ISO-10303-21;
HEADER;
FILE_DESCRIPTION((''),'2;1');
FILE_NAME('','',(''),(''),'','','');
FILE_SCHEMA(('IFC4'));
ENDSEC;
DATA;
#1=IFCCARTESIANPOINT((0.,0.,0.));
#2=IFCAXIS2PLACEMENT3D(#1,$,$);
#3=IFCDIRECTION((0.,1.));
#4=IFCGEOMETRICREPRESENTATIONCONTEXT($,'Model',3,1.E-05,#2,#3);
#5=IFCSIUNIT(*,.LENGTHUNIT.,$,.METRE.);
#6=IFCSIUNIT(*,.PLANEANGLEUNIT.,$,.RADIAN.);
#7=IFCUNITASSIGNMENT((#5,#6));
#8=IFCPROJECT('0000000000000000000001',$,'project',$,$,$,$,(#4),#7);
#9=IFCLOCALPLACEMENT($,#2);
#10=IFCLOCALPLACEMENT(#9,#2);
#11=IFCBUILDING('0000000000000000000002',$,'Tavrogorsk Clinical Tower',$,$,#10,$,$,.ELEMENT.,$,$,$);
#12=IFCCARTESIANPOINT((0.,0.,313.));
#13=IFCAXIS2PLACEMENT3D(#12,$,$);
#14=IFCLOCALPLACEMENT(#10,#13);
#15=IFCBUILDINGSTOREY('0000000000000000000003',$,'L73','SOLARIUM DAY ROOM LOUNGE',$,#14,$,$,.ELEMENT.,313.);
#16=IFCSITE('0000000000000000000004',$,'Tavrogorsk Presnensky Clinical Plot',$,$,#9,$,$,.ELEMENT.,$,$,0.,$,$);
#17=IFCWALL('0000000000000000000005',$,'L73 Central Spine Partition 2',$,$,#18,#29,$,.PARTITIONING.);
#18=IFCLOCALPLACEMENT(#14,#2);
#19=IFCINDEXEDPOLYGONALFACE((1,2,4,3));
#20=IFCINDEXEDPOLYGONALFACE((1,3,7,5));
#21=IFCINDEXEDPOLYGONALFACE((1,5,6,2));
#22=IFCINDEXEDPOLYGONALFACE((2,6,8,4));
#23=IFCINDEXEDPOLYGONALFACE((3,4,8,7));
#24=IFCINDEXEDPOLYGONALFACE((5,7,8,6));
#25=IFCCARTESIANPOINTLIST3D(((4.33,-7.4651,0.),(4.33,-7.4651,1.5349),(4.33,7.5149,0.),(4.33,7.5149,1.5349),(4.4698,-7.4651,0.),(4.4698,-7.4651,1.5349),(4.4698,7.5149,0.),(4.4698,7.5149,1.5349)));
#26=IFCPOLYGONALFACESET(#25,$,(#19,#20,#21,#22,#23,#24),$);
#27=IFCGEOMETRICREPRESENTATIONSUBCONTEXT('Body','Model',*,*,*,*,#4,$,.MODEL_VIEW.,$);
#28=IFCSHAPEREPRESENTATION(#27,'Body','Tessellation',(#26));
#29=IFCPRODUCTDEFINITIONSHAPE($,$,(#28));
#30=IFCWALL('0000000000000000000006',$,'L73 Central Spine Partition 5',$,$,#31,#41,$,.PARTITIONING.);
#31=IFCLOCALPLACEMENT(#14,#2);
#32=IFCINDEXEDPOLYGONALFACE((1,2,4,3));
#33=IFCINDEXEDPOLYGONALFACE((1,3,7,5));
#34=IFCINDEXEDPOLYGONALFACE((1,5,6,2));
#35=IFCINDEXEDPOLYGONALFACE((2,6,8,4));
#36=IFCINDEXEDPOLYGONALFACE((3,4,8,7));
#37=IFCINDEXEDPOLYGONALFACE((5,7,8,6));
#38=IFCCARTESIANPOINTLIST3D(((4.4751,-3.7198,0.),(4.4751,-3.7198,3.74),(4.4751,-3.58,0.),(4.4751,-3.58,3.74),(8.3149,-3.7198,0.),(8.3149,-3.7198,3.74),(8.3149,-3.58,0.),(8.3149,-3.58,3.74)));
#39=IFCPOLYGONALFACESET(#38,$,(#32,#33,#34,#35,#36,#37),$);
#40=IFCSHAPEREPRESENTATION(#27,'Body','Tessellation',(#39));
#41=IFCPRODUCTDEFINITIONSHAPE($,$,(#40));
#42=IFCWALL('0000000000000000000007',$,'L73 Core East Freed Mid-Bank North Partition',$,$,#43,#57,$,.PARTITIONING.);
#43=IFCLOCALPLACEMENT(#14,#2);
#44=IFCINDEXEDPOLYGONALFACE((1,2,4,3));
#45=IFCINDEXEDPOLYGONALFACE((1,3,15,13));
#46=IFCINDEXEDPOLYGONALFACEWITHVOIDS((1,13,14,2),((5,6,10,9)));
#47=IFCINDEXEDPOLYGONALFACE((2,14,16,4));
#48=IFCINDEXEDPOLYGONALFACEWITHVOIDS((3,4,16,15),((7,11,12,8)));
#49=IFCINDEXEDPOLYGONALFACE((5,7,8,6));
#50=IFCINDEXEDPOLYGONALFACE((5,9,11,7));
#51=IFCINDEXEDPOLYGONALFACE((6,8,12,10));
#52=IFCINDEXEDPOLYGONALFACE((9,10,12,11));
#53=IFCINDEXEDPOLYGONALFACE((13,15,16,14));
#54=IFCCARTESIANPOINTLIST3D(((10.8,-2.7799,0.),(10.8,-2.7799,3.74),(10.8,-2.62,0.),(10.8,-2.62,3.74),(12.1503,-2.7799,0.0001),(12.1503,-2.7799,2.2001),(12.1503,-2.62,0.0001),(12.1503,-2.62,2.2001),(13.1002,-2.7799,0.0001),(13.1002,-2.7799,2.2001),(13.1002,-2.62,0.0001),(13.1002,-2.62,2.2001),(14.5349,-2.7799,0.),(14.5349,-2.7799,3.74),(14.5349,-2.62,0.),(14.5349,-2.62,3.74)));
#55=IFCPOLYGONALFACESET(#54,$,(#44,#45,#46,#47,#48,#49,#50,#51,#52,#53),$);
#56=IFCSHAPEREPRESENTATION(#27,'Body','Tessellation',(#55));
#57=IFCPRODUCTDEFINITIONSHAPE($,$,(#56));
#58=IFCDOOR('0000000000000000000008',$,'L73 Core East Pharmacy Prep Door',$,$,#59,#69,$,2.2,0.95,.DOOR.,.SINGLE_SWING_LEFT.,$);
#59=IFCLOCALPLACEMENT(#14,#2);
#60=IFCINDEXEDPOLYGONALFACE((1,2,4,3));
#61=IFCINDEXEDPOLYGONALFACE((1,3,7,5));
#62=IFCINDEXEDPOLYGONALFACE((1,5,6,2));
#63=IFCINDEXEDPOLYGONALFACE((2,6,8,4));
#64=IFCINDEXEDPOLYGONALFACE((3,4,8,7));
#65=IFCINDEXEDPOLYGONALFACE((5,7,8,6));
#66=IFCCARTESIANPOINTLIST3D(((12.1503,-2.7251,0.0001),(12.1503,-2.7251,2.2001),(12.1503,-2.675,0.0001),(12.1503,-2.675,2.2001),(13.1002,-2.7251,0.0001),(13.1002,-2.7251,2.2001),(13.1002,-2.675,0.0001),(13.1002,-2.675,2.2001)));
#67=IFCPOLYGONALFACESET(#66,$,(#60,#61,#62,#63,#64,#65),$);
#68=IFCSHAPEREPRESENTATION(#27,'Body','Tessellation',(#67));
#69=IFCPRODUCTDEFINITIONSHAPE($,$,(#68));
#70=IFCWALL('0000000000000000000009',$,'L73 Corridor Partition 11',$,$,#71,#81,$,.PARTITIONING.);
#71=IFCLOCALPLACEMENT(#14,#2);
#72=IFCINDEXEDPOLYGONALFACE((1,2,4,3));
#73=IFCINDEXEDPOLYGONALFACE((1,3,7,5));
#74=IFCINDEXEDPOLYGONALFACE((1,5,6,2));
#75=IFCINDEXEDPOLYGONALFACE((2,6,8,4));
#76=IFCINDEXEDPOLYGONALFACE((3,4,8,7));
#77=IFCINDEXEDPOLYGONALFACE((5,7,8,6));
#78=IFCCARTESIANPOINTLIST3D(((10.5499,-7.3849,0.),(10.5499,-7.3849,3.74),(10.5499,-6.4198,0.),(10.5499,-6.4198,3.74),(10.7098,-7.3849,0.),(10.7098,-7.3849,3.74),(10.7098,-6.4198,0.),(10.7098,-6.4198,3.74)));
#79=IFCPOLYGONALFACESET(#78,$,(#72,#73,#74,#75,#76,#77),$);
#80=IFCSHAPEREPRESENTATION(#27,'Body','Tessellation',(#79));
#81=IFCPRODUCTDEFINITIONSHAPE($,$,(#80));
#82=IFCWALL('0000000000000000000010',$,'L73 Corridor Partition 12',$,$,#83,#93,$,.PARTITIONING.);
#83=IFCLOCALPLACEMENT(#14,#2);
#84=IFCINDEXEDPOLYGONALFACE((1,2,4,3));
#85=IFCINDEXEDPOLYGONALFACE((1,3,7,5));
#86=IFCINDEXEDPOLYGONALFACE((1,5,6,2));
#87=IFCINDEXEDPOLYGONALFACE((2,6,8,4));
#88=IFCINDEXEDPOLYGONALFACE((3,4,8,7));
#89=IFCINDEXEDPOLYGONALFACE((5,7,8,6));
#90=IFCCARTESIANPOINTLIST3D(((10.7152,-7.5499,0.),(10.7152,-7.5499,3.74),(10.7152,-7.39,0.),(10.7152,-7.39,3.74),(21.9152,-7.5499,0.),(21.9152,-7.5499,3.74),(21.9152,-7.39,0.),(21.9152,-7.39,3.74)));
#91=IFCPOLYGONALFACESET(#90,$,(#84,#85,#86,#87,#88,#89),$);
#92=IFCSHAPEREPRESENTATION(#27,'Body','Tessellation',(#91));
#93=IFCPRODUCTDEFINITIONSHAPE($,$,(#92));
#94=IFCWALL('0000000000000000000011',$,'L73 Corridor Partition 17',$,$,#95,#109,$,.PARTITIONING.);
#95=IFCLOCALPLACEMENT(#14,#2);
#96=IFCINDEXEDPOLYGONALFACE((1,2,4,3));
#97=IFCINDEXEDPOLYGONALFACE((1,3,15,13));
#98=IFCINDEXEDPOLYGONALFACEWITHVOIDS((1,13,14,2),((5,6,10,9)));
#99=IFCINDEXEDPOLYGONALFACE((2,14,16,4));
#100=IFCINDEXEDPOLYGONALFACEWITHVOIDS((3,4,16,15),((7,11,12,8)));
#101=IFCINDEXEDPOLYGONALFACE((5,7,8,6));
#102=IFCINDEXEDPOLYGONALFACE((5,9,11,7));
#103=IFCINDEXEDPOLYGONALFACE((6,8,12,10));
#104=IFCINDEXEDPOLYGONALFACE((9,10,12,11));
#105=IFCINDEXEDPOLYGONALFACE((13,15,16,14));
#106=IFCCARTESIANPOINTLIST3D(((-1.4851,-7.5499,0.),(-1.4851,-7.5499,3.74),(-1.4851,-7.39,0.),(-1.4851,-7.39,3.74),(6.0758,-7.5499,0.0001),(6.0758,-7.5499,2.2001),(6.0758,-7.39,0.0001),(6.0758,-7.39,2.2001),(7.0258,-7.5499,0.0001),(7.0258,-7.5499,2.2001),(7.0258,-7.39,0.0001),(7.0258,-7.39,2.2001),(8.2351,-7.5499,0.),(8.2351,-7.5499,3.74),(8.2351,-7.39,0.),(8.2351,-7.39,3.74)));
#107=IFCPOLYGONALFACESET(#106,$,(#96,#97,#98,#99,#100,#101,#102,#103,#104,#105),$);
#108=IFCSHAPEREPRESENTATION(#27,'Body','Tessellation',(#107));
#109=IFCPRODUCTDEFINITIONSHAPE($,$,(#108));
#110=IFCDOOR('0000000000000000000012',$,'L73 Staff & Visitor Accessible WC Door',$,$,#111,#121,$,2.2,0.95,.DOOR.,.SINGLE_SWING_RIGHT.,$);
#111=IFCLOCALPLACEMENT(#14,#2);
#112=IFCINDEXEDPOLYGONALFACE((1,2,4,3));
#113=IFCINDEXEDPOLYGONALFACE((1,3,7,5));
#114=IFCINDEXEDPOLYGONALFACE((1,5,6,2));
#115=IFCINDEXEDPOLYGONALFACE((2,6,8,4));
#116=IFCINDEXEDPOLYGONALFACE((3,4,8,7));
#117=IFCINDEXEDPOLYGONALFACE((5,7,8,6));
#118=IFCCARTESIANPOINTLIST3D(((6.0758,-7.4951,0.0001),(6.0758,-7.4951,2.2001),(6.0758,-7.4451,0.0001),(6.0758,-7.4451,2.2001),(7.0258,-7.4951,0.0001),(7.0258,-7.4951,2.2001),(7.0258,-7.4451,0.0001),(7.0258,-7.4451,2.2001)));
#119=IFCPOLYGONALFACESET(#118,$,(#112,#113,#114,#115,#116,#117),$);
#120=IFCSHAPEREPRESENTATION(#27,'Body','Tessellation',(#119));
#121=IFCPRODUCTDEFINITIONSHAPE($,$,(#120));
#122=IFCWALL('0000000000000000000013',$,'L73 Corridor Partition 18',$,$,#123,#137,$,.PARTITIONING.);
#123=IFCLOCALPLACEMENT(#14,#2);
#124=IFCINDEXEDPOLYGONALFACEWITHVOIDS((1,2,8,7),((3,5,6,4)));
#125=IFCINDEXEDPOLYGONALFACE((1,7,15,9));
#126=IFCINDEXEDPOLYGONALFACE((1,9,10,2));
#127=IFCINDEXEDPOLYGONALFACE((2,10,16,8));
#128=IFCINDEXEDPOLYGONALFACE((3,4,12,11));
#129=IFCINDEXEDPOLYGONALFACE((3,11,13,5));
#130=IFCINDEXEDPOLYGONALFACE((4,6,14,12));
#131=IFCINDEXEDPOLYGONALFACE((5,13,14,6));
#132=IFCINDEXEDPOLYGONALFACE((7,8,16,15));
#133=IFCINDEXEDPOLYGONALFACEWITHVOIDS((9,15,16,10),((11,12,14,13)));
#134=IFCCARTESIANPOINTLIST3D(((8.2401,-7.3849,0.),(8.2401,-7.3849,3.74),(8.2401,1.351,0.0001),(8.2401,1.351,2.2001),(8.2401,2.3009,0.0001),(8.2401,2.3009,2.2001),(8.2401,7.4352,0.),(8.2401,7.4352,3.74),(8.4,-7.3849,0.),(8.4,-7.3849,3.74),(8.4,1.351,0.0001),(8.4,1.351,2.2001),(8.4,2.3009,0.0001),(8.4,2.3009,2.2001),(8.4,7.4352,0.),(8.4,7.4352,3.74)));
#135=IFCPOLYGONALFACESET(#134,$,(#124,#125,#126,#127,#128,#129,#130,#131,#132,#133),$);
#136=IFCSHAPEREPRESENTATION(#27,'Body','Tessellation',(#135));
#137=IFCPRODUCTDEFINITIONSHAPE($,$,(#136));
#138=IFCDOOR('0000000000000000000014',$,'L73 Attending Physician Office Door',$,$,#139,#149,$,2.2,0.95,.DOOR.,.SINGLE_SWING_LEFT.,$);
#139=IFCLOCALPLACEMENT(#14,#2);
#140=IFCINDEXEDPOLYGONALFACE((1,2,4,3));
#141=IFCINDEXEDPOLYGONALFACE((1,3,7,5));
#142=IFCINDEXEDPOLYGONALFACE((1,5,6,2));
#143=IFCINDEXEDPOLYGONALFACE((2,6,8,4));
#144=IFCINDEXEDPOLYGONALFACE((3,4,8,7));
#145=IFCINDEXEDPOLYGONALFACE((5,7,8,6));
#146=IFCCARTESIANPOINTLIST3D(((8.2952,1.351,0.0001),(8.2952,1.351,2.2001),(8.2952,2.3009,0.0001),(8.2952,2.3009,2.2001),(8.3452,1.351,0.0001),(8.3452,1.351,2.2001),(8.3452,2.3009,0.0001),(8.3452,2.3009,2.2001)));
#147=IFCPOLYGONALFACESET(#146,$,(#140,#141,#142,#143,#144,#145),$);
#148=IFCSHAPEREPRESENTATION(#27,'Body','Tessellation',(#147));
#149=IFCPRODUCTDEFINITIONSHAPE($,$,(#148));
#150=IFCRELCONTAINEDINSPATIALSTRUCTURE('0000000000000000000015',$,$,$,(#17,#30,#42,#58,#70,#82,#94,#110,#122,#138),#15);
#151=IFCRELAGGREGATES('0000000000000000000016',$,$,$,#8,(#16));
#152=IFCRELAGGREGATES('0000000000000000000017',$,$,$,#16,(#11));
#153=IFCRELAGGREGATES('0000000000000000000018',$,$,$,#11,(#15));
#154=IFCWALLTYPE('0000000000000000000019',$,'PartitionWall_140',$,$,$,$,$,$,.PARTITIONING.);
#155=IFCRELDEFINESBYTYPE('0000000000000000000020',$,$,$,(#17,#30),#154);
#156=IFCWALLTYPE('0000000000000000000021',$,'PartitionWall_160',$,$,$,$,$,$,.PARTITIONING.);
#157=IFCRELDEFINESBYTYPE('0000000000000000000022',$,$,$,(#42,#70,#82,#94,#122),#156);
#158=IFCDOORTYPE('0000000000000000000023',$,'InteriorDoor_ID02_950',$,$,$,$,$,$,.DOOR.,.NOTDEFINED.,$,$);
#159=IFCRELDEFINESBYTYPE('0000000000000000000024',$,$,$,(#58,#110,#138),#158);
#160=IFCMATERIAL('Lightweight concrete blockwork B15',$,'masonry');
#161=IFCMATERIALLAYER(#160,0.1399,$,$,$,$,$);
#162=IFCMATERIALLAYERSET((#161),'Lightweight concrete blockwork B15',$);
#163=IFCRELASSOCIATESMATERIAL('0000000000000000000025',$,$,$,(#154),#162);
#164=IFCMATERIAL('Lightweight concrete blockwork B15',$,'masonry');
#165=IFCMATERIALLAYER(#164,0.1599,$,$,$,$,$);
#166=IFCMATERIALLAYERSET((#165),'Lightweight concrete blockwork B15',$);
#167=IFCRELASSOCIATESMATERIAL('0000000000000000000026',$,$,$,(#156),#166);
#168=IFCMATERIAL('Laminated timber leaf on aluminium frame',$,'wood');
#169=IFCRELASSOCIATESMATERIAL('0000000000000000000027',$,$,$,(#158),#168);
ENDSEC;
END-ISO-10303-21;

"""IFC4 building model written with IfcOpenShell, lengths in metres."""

from ifc_helpers import new_model, si_unit, direction, frame, frame_2d, origin, place, context, subcontext, project, spatial, rectangle, extrude, material, layer, layer_set, type_object, element, fill, save


model = new_model("IFC4")

# Units and contexts
model_context = context("Model", 3, precision=1e-05, world=origin(), true_north=direction((0.0, 1.0)))
body_context = subcontext(model_context, "Body", "Model", "MODEL_VIEW")
ifc_project = project(units=[si_unit("LENGTHUNIT", "METRE"), si_unit("PLANEANGLEUNIT", "RADIAN")], contexts=[model_context])

# Site, building, storey
site_placement = place(None, origin())
site = spatial("IfcSite", under=ifc_project, at=site_placement, Name="Tavrogorsk Presnensky Clinical Plot", CompositionType="ELEMENT", RefElevation=0.0)
building_placement = place(site_placement, origin())
building = spatial("IfcBuilding", under=site, at=building_placement, Name="Tavrogorsk Clinical Tower", CompositionType="ELEMENT")
storey_placement = place(building_placement, frame((0.0, 0.0, 313.0)))
storey = spatial("IfcBuildingStorey", under=building, at=storey_placement, Name="L73", Description="SOLARIUM DAY ROOM LOUNGE", CompositionType="ELEMENT", Elevation=313.0)

# Walls
ifc_material_1 = material(Name="Lightweight concrete blockwork B15", Category="masonry")
ifc_layer_1 = layer(ifc_material_1, 0.1399)
ifc_layer_set_1 = layer_set([ifc_layer_1], Name="Lightweight concrete blockwork B15")
wall_type_1 = type_object("IfcWallType", Name="PartitionWall_140", PredefinedType="PARTITIONING", material=ifc_layer_set_1)
wall_1_placement = place(storey_placement, frame((4.3999, -7.4651, 0.0), z_axis=(0.0, 0.0, 1.0), x_axis=(0.0, 1.0, 0.0)))
element("IfcWall", 1, at=wall_1_placement, inside=storey, type_object=wall_type_1, Name="L73 Central Spine Partition 2", PredefinedType="PARTITIONING", context=body_context, shape_type="SweptSolid", body=[
    extrude(rectangle(XDim=14.98, YDim=0.1399, at=frame_2d((7.49, 0.0))), origin(), (0.0, 0.0, 1.0), 1.5349),
])
wall_2_placement = place(storey_placement, frame((4.4751, -3.6499, 0.0), z_axis=(0.0, 0.0, 1.0), x_axis=(1.0, 0.0, 0.0)))
element("IfcWall", 2, at=wall_2_placement, inside=storey, type_object=wall_type_1, Name="L73 Central Spine Partition 5", PredefinedType="PARTITIONING", context=body_context, shape_type="SweptSolid", body=[
    extrude(rectangle(XDim=3.8398, YDim=0.1399, at=frame_2d((1.9199, 0.0))), origin(), (0.0, 0.0, 1.0), 3.74),
])

# Wall, opening, door
ifc_material_2 = material(Name="Lightweight concrete blockwork B15", Category="masonry")
ifc_layer_2 = layer(ifc_material_2, 0.1599)
ifc_layer_set_2 = layer_set([ifc_layer_2], Name="Lightweight concrete blockwork B15")
wall_type_2 = type_object("IfcWallType", Name="PartitionWall_160", PredefinedType="PARTITIONING", material=ifc_layer_set_2)
wall_3_placement = place(storey_placement, frame((10.8, -2.7, 0.0), z_axis=(0.0, 0.0, 1.0), x_axis=(1.0, 0.0, 0.0)))
wall_3 = element("IfcWall", 3, at=wall_3_placement, inside=storey, type_object=wall_type_2, Name="L73 Core East Freed Mid-Bank North Partition", PredefinedType="PARTITIONING", context=body_context, shape_type="SweptSolid", body=[
    extrude(rectangle(XDim=3.7349, YDim=0.1599, at=frame_2d((1.8674, 0.0))), origin(), (0.0, 0.0, 1.0), 3.74),
])
opening_1_placement = place(wall_3_placement, frame((1.3501, 0.0, 0.0)))
opening_1 = element("IfcOpeningElement", 4, at=opening_1_placement, cuts=wall_3, PredefinedType="OPENING", context=body_context, shape_type="SweptSolid", body=[
    extrude(rectangle(XDim=0.95, YDim=2.2, at=frame_2d((0.4751, 1.1001))), frame((0.0, 0.0898, 0.0), z_axis=(0.0, -1.0, 0.0), x_axis=(1.0, 0.0, 0.0)), (0.0, 0.0, 1.0), 0.1799),
])
ifc_material_3 = material(Name="Laminated timber leaf on aluminium frame", Category="wood")
door_type = type_object("IfcDoorType", Name="InteriorDoor_ID02_950", OperationType="NOTDEFINED", PredefinedType="DOOR", material=ifc_material_3)
door_1_placement = place(opening_1_placement, origin())
door_1 = element("IfcDoor", 5, at=door_1_placement, inside=storey, type_object=door_type, Name="L73 Core East Pharmacy Prep Door", OperationType="SINGLE_SWING_LEFT", OverallHeight=2.2, OverallWidth=0.95, PredefinedType="DOOR", context=body_context, shape_type="SweptSolid", body=[
    extrude(rectangle(XDim=0.95, YDim=2.2, at=frame_2d((0.4751, 1.1001))), frame((0.0, 0.0249, 0.0), z_axis=(0.0, -1.0, 0.0), x_axis=(1.0, 0.0, 0.0)), (0.0, 0.0, 1.0), 0.05),
])
fill(opening_1, door_1)

# Walls
wall_4_placement = place(storey_placement, frame((10.6299, -6.4199, 0.0), z_axis=(0.0, 0.0, 1.0), x_axis=(0.0, -1.0, 0.0)))
element("IfcWall", 6, at=wall_4_placement, inside=storey, type_object=wall_type_2, Name="L73 Corridor Partition 11", PredefinedType="PARTITIONING", context=body_context, shape_type="SweptSolid", body=[
    extrude(rectangle(XDim=0.9651, YDim=0.1599, at=frame_2d((0.4824, 0.0))), origin(), (0.0, 0.0, 1.0), 3.74),
])
wall_5_placement = place(storey_placement, frame((10.7151, -7.47, 0.0), z_axis=(0.0, 0.0, 1.0), x_axis=(1.0, 0.0, 0.0)))
element("IfcWall", 7, at=wall_5_placement, inside=storey, type_object=wall_type_2, Name="L73 Corridor Partition 12", PredefinedType="PARTITIONING", context=body_context, shape_type="SweptSolid", body=[
    extrude(rectangle(XDim=11.2, YDim=0.1599, at=frame_2d((5.6001, 0.0))), origin(), (0.0, 0.0, 1.0), 3.74),
])

# Walls, openings, doors
wall_6_placement = place(storey_placement, frame((-1.4851, -7.47, 0.0), z_axis=(0.0, 0.0, 1.0), x_axis=(1.0, 0.0, 0.0)))
wall_6 = element("IfcWall", 8, at=wall_6_placement, inside=storey, type_object=wall_type_2, Name="L73 Corridor Partition 17", PredefinedType="PARTITIONING", context=body_context, shape_type="SweptSolid", body=[
    extrude(rectangle(XDim=9.7202, YDim=0.1599, at=frame_2d((4.8601, 0.0))), origin(), (0.0, 0.0, 1.0), 3.74),
])
opening_2_placement = place(wall_6_placement, frame((7.5608, 0.0, 0.0)))
opening_2 = element("IfcOpeningElement", 9, at=opening_2_placement, cuts=wall_6, PredefinedType="OPENING", context=body_context, shape_type="SweptSolid", body=[
    extrude(rectangle(XDim=0.95, YDim=2.2, at=frame_2d((0.4751, 1.1001))), frame((0.0, 0.0898, 0.0), z_axis=(0.0, -1.0, 0.0), x_axis=(1.0, 0.0, 0.0)), (0.0, 0.0, 1.0), 0.1799),
])
door_2_placement = place(opening_2_placement, origin())
door_2 = element("IfcDoor", 10, at=door_2_placement, inside=storey, type_object=door_type, Name="L73 Staff & Visitor Accessible WC Door", OperationType="SINGLE_SWING_RIGHT", OverallHeight=2.2, OverallWidth=0.95, PredefinedType="DOOR", context=body_context, shape_type="SweptSolid", body=[
    extrude(rectangle(XDim=0.95, YDim=2.2, at=frame_2d((0.4751, 1.1001))), frame((0.0, 0.0249, 0.0), z_axis=(0.0, -1.0, 0.0), x_axis=(1.0, 0.0, 0.0)), (0.0, 0.0, 1.0), 0.05),
])
fill(opening_2, door_2)
wall_7_placement = place(storey_placement, frame((8.3201, -7.385, 0.0), z_axis=(0.0, 0.0, 1.0), x_axis=(0.0, 1.0, 0.0)))
wall_7 = element("IfcWall", 11, at=wall_7_placement, inside=storey, type_object=wall_type_2, Name="L73 Corridor Partition 18", PredefinedType="PARTITIONING", context=body_context, shape_type="SweptSolid", body=[
    extrude(rectangle(XDim=14.8201, YDim=0.1599, at=frame_2d((7.4102, 0.0))), origin(), (0.0, 0.0, 1.0), 3.74),
])
opening_3_placement = place(wall_7_placement, frame((8.7358, 0.0, 0.0)))
opening_3 = element("IfcOpeningElement", 12, at=opening_3_placement, cuts=wall_7, PredefinedType="OPENING", context=body_context, shape_type="SweptSolid", body=[
    extrude(rectangle(XDim=0.95, YDim=2.2, at=frame_2d((0.4751, 1.1001))), frame((0.0, 0.0898, 0.0), z_axis=(0.0, -1.0, 0.0), x_axis=(1.0, 0.0, 0.0)), (0.0, 0.0, 1.0), 0.1799),
])
door_3_placement = place(opening_3_placement, origin())
door_3 = element("IfcDoor", 13, at=door_3_placement, inside=storey, type_object=door_type, Name="L73 Attending Physician Office Door", OperationType="SINGLE_SWING_LEFT", OverallHeight=2.2, OverallWidth=0.95, PredefinedType="DOOR", context=body_context, shape_type="SweptSolid", body=[
    extrude(rectangle(XDim=0.95, YDim=2.2, at=frame_2d((0.4751, 1.1001))), frame((0.0, 0.0249, 0.0), z_axis=(0.0, -1.0, 0.0), x_axis=(1.0, 0.0, 0.0)), (0.0, 0.0, 1.0), 0.05),
])
fill(opening_3, door_3)

save(model, "model.ifc")
